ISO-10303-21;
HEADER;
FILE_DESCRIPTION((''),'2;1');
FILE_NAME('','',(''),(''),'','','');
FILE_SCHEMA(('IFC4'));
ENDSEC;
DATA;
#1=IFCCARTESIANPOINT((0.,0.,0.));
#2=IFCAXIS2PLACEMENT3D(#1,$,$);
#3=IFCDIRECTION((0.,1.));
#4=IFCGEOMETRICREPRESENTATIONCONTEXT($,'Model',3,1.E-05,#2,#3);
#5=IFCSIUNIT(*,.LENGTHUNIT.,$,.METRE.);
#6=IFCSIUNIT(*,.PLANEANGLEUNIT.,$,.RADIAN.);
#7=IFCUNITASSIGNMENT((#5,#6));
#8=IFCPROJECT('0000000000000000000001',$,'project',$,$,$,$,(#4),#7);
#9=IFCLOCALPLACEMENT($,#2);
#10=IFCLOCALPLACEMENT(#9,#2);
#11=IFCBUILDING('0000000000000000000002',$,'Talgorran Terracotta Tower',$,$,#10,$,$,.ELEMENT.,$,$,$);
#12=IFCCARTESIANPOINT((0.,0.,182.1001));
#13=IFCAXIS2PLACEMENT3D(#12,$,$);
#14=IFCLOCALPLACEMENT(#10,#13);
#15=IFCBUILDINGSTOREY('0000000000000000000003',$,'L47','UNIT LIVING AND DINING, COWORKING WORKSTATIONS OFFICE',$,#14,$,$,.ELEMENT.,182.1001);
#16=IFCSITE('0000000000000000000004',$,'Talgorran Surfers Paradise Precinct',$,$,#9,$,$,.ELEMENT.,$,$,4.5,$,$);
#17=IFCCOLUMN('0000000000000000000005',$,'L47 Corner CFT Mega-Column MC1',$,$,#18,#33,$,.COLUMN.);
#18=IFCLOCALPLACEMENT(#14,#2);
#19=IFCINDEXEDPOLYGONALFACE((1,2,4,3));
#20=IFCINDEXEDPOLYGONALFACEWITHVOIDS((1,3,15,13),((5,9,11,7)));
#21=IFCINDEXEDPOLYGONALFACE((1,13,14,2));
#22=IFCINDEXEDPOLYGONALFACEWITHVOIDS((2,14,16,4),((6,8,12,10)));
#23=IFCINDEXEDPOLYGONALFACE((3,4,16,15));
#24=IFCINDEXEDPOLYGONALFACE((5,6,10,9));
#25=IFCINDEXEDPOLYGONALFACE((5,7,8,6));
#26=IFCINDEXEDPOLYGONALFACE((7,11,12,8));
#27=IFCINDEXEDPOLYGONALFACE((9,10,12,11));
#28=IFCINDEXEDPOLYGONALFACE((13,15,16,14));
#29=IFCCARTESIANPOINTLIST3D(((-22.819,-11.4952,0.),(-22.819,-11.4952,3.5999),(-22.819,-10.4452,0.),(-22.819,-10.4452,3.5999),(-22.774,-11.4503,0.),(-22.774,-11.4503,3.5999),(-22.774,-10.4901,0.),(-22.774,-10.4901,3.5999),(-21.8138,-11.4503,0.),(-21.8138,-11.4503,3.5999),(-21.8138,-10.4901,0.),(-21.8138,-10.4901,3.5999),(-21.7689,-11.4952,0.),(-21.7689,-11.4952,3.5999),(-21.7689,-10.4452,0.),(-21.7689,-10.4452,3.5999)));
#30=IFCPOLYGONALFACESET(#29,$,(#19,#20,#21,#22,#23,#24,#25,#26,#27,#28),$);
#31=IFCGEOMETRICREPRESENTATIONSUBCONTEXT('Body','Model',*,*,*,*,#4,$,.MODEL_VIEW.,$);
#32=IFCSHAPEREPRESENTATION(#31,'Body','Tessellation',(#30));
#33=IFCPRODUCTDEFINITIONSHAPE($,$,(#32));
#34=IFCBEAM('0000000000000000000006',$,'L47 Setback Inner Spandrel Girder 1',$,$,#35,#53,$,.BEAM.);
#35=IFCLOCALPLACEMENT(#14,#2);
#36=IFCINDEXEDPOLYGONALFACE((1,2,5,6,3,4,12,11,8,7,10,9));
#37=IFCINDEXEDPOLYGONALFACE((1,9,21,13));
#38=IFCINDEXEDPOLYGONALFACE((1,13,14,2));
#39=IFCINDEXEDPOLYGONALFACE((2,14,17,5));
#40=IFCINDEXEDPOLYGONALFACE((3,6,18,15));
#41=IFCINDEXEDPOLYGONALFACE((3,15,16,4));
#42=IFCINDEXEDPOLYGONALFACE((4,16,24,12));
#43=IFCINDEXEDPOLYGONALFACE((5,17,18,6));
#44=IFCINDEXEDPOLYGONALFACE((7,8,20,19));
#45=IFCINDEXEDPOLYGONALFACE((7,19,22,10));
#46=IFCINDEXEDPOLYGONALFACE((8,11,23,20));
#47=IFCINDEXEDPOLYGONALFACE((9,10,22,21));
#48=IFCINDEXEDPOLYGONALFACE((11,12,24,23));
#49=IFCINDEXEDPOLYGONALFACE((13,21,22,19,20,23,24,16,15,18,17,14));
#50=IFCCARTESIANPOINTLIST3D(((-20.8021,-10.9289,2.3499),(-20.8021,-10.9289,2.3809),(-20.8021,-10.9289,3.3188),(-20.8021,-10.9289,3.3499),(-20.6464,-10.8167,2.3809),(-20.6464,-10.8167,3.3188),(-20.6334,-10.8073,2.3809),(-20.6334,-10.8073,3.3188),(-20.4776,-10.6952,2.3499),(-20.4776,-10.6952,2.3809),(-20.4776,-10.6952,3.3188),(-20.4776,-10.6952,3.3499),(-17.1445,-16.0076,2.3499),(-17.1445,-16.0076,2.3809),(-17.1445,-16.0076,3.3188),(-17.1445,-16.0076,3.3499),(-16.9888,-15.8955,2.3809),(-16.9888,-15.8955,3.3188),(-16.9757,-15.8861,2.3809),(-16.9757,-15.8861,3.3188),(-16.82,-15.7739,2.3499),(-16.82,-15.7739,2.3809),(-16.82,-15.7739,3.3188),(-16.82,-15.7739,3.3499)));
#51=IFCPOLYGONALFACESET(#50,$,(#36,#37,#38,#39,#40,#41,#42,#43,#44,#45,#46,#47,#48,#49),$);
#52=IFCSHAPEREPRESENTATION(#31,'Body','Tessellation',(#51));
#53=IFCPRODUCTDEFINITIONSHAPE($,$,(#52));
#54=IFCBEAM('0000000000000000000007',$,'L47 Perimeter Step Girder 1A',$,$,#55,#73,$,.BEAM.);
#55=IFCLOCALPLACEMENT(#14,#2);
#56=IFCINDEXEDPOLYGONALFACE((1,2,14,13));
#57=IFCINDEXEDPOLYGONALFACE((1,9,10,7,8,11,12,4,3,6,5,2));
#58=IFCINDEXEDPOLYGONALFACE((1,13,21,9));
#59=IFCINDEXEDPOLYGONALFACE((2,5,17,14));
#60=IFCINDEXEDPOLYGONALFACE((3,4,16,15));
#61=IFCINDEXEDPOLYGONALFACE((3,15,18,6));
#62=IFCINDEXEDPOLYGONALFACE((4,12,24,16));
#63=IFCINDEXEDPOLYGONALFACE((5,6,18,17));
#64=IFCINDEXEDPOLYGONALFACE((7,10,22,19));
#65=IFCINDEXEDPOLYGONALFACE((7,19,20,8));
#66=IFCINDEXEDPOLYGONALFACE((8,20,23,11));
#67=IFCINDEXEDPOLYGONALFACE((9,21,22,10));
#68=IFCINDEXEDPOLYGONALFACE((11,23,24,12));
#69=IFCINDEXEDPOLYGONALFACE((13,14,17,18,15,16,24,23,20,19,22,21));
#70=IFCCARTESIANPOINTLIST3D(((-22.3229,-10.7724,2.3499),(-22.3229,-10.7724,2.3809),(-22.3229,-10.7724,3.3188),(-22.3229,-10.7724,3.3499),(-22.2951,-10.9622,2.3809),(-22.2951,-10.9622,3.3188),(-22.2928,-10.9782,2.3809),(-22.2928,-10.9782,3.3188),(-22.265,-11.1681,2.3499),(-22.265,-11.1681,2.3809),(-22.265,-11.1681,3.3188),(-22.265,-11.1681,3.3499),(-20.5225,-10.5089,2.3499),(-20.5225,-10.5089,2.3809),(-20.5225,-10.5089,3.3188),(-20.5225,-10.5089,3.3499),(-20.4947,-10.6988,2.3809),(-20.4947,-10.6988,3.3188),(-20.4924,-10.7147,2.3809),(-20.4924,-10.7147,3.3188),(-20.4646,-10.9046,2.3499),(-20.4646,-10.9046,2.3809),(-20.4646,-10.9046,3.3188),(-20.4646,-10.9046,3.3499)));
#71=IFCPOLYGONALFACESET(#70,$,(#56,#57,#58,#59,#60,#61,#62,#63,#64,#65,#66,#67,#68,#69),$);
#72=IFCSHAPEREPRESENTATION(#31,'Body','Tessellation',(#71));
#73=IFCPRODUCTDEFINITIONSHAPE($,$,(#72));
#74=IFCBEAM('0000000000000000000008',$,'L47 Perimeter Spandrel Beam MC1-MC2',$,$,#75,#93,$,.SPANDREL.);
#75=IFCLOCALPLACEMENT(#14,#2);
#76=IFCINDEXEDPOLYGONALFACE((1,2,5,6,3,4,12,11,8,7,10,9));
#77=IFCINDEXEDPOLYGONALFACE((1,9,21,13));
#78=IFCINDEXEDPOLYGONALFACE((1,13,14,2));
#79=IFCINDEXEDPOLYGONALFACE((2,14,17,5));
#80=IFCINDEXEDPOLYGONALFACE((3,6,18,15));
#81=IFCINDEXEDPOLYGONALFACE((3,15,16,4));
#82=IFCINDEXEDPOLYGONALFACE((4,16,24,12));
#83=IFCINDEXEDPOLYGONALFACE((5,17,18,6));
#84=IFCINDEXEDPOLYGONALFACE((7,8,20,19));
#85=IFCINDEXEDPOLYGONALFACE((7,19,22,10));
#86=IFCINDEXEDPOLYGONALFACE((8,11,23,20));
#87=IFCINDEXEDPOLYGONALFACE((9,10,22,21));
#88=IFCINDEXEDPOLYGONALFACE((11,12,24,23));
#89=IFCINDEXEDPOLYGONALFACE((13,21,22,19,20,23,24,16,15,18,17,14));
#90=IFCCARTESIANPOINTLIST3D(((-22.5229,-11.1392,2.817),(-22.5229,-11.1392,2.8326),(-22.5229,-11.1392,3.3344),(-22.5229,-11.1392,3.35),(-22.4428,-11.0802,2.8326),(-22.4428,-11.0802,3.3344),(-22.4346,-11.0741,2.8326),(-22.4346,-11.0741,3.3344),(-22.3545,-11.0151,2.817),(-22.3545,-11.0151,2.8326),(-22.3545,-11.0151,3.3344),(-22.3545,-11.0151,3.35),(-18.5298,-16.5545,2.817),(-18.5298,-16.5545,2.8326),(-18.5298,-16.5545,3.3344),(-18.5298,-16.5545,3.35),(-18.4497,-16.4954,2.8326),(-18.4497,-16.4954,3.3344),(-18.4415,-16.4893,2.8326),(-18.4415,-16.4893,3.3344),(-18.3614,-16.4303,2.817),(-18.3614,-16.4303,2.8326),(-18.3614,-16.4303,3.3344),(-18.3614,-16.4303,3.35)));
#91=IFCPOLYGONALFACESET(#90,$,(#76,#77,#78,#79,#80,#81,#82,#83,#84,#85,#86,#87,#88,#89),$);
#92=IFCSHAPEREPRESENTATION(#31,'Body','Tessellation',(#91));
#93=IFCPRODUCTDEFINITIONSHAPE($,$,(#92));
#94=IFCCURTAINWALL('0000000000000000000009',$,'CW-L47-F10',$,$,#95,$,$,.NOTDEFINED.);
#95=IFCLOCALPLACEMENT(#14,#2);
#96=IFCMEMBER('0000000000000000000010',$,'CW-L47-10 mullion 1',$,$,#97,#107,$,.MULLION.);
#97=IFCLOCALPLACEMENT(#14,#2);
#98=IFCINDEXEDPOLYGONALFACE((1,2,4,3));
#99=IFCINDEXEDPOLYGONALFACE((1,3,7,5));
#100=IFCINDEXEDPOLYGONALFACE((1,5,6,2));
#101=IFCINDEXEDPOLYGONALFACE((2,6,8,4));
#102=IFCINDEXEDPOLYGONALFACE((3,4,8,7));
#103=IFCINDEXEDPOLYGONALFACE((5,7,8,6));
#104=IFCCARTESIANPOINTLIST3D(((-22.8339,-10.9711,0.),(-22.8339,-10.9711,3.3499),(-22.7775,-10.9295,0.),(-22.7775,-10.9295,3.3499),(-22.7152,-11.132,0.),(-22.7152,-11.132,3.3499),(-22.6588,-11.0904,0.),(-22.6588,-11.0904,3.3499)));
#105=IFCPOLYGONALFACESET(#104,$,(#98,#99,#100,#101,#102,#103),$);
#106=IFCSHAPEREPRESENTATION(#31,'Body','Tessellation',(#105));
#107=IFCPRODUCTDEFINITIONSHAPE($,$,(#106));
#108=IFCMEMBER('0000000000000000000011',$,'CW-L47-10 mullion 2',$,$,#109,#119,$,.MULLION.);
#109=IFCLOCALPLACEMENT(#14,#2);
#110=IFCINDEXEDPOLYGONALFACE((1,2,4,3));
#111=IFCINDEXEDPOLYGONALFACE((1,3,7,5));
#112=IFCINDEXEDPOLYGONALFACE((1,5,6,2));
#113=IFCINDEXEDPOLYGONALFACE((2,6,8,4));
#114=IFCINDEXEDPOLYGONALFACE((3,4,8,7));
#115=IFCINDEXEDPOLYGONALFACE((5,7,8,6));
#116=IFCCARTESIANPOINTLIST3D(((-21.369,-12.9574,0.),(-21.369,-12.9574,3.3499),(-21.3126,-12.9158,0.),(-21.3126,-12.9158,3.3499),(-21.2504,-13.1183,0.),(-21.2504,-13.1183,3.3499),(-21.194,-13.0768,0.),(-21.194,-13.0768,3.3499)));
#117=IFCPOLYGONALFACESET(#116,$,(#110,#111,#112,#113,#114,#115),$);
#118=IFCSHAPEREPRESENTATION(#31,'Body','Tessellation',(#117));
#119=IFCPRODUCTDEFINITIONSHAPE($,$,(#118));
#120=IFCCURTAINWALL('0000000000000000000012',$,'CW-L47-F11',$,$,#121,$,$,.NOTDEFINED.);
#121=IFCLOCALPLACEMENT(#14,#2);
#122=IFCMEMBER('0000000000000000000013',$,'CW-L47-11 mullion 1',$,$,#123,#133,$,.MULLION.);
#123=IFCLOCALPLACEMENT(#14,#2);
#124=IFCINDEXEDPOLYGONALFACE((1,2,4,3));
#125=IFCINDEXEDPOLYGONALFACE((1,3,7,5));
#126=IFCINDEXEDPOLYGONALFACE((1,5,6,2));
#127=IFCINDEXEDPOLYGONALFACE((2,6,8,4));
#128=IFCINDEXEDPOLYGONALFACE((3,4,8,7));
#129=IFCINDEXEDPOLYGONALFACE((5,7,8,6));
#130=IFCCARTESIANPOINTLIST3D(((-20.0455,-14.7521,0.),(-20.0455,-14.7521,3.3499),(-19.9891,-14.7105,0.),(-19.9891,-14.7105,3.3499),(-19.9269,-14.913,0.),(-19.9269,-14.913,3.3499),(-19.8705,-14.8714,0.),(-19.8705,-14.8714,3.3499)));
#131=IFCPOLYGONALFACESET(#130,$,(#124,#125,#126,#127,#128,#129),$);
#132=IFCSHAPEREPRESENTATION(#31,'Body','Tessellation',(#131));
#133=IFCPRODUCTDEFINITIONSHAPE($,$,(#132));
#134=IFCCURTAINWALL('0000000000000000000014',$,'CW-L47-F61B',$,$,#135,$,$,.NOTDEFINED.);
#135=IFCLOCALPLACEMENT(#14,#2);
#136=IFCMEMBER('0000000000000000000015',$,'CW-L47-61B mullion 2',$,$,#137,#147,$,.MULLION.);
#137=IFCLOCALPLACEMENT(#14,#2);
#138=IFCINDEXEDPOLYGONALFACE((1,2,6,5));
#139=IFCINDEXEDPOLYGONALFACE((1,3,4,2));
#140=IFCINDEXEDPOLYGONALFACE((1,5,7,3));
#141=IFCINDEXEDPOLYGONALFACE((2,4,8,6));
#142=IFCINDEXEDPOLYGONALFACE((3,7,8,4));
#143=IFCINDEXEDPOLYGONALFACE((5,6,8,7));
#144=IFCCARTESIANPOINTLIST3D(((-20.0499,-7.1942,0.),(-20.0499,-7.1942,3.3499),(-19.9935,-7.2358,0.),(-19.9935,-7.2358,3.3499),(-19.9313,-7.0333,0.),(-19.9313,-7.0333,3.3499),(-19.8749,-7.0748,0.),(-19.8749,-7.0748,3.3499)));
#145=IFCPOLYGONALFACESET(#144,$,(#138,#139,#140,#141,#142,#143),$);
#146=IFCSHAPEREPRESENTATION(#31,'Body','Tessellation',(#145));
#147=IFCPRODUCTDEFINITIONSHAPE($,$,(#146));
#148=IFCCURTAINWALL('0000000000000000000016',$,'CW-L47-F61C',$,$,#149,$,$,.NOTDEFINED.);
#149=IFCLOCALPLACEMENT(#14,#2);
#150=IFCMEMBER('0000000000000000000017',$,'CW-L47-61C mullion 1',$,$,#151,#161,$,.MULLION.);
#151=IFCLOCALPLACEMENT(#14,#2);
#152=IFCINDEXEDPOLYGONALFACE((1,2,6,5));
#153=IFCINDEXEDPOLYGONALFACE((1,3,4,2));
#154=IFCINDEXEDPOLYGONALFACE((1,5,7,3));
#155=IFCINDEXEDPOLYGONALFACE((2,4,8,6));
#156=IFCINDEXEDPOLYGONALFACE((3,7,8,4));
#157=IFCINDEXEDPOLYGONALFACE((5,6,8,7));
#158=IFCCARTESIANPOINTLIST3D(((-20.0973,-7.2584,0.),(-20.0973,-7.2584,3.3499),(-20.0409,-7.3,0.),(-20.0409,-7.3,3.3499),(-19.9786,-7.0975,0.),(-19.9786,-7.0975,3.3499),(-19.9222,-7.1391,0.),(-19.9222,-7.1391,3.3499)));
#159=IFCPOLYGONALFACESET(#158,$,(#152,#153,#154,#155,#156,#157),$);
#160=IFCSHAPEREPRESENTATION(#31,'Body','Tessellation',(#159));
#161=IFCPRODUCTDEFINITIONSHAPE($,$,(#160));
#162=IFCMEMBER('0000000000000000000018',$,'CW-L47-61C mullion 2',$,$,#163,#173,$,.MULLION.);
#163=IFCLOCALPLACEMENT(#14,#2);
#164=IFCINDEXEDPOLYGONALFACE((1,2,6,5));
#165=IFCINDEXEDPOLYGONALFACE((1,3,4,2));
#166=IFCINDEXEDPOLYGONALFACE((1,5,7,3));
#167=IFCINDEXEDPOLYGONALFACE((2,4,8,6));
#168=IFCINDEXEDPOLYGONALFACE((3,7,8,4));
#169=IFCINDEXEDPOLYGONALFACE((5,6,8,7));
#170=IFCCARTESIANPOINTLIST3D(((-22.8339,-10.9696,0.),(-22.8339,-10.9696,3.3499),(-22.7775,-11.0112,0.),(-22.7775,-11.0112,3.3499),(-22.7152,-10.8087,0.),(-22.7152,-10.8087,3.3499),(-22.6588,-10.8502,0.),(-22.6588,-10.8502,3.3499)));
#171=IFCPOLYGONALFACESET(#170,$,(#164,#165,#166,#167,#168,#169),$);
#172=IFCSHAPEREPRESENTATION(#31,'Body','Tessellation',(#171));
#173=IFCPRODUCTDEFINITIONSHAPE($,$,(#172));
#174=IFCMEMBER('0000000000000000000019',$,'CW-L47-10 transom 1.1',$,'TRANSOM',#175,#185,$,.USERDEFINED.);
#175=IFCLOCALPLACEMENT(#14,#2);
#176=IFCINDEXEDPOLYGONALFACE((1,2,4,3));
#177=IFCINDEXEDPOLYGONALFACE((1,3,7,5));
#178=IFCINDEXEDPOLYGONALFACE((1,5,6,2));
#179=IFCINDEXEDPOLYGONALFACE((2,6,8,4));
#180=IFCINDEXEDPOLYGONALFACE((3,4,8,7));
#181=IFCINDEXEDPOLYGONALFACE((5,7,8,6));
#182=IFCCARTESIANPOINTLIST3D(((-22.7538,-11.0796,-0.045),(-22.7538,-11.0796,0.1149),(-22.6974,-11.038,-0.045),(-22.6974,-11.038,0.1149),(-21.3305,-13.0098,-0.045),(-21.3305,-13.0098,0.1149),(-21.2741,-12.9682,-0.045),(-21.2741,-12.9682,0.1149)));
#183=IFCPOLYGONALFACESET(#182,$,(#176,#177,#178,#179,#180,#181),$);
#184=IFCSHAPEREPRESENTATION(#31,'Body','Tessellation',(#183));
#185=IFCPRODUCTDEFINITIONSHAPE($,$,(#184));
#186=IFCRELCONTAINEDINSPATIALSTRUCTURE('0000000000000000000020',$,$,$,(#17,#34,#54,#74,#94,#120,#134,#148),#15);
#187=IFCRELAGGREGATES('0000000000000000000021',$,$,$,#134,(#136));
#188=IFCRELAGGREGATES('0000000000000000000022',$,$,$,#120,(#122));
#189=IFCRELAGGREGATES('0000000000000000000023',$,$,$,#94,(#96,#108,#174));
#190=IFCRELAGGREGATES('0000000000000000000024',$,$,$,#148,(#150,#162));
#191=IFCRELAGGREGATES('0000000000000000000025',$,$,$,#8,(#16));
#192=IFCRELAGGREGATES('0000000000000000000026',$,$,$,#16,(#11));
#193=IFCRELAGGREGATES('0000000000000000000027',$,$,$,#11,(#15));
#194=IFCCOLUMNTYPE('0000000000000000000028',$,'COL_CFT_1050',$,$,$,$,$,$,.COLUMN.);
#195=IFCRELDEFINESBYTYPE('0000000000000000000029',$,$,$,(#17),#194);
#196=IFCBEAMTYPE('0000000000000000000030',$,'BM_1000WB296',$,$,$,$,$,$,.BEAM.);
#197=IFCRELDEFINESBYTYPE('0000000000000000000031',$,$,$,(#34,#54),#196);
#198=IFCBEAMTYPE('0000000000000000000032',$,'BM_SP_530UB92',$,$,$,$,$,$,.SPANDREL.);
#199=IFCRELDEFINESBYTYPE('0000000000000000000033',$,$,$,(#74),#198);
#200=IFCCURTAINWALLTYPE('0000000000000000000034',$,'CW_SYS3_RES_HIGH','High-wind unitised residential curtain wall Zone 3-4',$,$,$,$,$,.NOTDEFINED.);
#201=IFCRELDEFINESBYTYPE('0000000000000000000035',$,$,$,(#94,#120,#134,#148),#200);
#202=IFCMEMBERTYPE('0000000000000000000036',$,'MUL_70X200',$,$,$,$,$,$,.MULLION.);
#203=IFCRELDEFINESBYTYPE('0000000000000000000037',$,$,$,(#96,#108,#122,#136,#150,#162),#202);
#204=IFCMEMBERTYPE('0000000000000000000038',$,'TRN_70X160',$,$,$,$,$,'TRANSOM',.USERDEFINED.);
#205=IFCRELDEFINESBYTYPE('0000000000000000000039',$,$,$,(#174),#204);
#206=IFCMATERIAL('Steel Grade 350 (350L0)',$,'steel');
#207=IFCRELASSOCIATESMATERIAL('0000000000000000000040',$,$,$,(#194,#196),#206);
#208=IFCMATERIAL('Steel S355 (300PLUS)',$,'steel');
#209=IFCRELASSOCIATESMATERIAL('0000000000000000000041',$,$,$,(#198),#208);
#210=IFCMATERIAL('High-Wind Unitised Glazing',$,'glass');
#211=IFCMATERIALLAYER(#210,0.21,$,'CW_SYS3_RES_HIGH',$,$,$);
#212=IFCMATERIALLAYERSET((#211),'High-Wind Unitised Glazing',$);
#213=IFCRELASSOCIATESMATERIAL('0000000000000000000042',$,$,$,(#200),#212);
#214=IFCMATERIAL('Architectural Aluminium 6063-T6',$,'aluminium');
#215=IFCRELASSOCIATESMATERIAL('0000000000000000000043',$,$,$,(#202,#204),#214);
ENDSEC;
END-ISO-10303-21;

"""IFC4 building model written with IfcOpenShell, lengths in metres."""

from ifc_helpers import new_model, si_unit, direction, frame, origin, origin_2d, place, context, subcontext, project, spatial, rectangle, hollow_rectangle, i_section, extrude, material, layer, layer_set, material_profile, profile_set, type_object, element, aggregate, save


model = new_model("IFC4")

# Units and contexts
model_context = context("Model", 3, precision=1e-05, world=origin(), true_north=direction((0.0, 1.0)))
body_context = subcontext(model_context, "Body", "Model", "MODEL_VIEW")
ifc_project = project(units=[si_unit("LENGTHUNIT", "METRE"), si_unit("PLANEANGLEUNIT", "RADIAN")], contexts=[model_context])

# Site, building, storey
site_placement = place(None, origin())
site = spatial("IfcSite", under=ifc_project, at=site_placement, Name="Talgorran Surfers Paradise Precinct", CompositionType="ELEMENT", RefElevation=4.5)
building_placement = place(site_placement, origin())
building = spatial("IfcBuilding", under=site, at=building_placement, Name="Talgorran Terracotta Tower", CompositionType="ELEMENT")
storey_placement = place(building_placement, frame((0.0, 0.0, 182.1001)))
storey = spatial("IfcBuildingStorey", under=building, at=storey_placement, Name="L47", Description="UNIT LIVING AND DINING, COWORKING WORKSTATIONS OFFICE", CompositionType="ELEMENT", Elevation=182.1001)

# Column
ifc_material_1 = material(Name="Steel Grade 350 (350L0)", Category="steel")
ifc_material_profile_1 = material_profile(ifc_material_1, hollow_rectangle(XDim=1.05, YDim=1.05, WallThickness=0.0449, at=origin_2d()), Name="CFT1050X1050X45")
ifc_profile_set_1 = profile_set([ifc_material_profile_1], Name="Steel Grade 350 (350L0)")
column_type = type_object("IfcColumnType", Name="COL_CFT_1050", PredefinedType="COLUMN", material=ifc_profile_set_1)
column_placement = place(storey_placement, frame((-22.2939, -10.9702, 0.0), z_axis=(0.0, 0.0, 1.0), x_axis=(1.0, 0.0, 0.0)))
element("IfcColumn", 1, at=column_placement, inside=storey, type_object=column_type, Name="L47 Corner CFT Mega-Column MC1", PredefinedType="COLUMN", context=body_context, shape_type="SweptSolid", body=[
    extrude(hollow_rectangle(XDim=1.05, YDim=1.05, WallThickness=0.0449, at=origin_2d()), origin(), (0.0, 0.0, 1.0), 3.5999),
])

# Beams
ifc_material_profile_2 = material_profile(ifc_material_1, i_section(OverallWidth=0.3999, OverallDepth=1.0, WebThickness=0.0161, FlangeThickness=0.031, at=origin_2d()), Name="1000WB296")
ifc_profile_set_2 = profile_set([ifc_material_profile_2], Name="Steel Grade 350 (350L0)")
beam_type_1 = type_object("IfcBeamType", Name="BM_1000WB296", PredefinedType="BEAM", material=ifc_profile_set_2)
beam_1_placement = place(storey_placement, frame((-20.6399, -10.812, 2.8499), z_axis=(0.584403, -0.811463, 0.0), x_axis=(0.811463, 0.584403, 0.0)))
element("IfcBeam", 2, at=beam_1_placement, inside=storey, type_object=beam_type_1, Name="L47 Setback Inner Spandrel Girder 1", PredefinedType="BEAM", context=body_context, shape_type="SweptSolid", body=[
    extrude(i_section(OverallWidth=0.3999, OverallDepth=1.0, WebThickness=0.0161, FlangeThickness=0.031, at=origin_2d()), origin(), (0.0, 0.0, 1.0), 6.2588),
])
beam_2_placement = place(storey_placement, frame((-22.2939, -10.9702, 2.8499), z_axis=(0.989463, 0.144783, 0.0), x_axis=(-0.144783, 0.989463, 0.0)))
element("IfcBeam", 3, at=beam_2_placement, inside=storey, type_object=beam_type_1, Name="L47 Perimeter Step Girder 1A", PredefinedType="BEAM", context=body_context, shape_type="SweptSolid", body=[
    extrude(i_section(OverallWidth=0.3999, OverallDepth=1.0, WebThickness=0.0161, FlangeThickness=0.031, at=origin_2d()), origin(), (0.0, 0.0, 1.0), 1.8196),
])
ifc_material_2 = material(Name="Steel S355 (300PLUS)", Category="steel")
ifc_material_profile_3 = material_profile(ifc_material_2, i_section(OverallWidth=0.2092, OverallDepth=0.533, WebThickness=0.0103, FlangeThickness=0.0156, at=origin_2d()), Name="530UB92.4")
ifc_profile_set_3 = profile_set([ifc_material_profile_3], Name="Steel S355 (300PLUS)")
beam_type_2 = type_object("IfcBeamType", Name="BM_SP_530UB92", PredefinedType="SPANDREL", material=ifc_profile_set_3)
beam_3_placement = place(storey_placement, frame((-22.4387, -11.0771, 3.0835), z_axis=(0.593484, -0.804846, 0.0), x_axis=(0.804846, 0.593484, 0.0)))
element("IfcBeam", 4, at=beam_3_placement, inside=storey, type_object=beam_type_2, Name="L47 Perimeter Spandrel Beam MC1-MC2", PredefinedType="SPANDREL", context=body_context, shape_type="SweptSolid", body=[
    extrude(i_section(OverallWidth=0.2092, OverallDepth=0.533, WebThickness=0.0103, FlangeThickness=0.0156, at=origin_2d()), origin(), (0.0, 0.0, 1.0), 6.7283),
])

# Curtain wall, members
ifc_material_3 = material(Name="High-Wind Unitised Glazing", Category="glass")
ifc_layer_1 = layer(ifc_material_3, 0.21, Name="CW_SYS3_RES_HIGH")
ifc_layer_set_1 = layer_set([ifc_layer_1], Name="High-Wind Unitised Glazing")
curtain_wall_type = type_object("IfcCurtainWallType", Name="CW_SYS3_RES_HIGH", Description="High-wind unitised residential curtain wall Zone 3-4", PredefinedType="NOTDEFINED", material=ifc_layer_set_1)
curtain_wall_1_placement = place(storey_placement, origin())
curtain_wall_1 = element("IfcCurtainWall", 5, at=curtain_wall_1_placement, inside=storey, type_object=curtain_wall_type, Name="CW-L47-F10", PredefinedType="NOTDEFINED")
ifc_material_4 = material(Name="Architectural Aluminium 6063-T6", Category="aluminium")
ifc_material_profile_4 = material_profile(ifc_material_4, rectangle(XDim=0.0701, YDim=0.2, at=origin_2d()), Name="CWM70X200")
ifc_profile_set_4 = profile_set([ifc_material_profile_4], Name="Architectural Aluminium 6063-T6")
member_type_1 = type_object("IfcMemberType", Name="MUL_70X200", PredefinedType="MULLION", material=ifc_profile_set_4)
member_1_placement = place(storey_placement, frame((-22.7463, -11.0308, 0.0), z_axis=(0.0, 0.0, 1.0), x_axis=(0.804834, 0.5935, 0.0)))
member_1 = element("IfcMember", 6, at=member_1_placement, type_object=member_type_1, Name="CW-L47-10 mullion 1", PredefinedType="MULLION", context=body_context, shape_type="SweptSolid", body=[
    extrude(rectangle(XDim=0.0701, YDim=0.2, at=origin_2d()), origin(), (0.0, 0.0, 1.0), 3.3499),
])
member_2_placement = place(storey_placement, frame((-21.2815, -13.0171, 0.0), z_axis=(0.0, 0.0, 1.0), x_axis=(0.804834, 0.5935, 0.0)))
member_2 = element("IfcMember", 7, at=member_2_placement, type_object=member_type_1, Name="CW-L47-10 mullion 2", PredefinedType="MULLION", context=body_context, shape_type="SweptSolid", body=[
    extrude(rectangle(XDim=0.0701, YDim=0.2, at=origin_2d()), origin(), (0.0, 0.0, 1.0), 3.3499),
])

# Curtain walls, members
curtain_wall_2_placement = place(storey_placement, origin())
curtain_wall_2 = element("IfcCurtainWall", 8, at=curtain_wall_2_placement, inside=storey, type_object=curtain_wall_type, Name="CW-L47-F11", PredefinedType="NOTDEFINED")
member_3_placement = place(storey_placement, frame((-19.958, -14.8118, 0.0), z_axis=(0.0, 0.0, 1.0), x_axis=(0.804833, 0.593501, 0.0)))
member_3 = element("IfcMember", 9, at=member_3_placement, type_object=member_type_1, Name="CW-L47-11 mullion 1", PredefinedType="MULLION", context=body_context, shape_type="SweptSolid", body=[
    extrude(rectangle(XDim=0.0701, YDim=0.2, at=origin_2d()), origin(), (0.0, 0.0, 1.0), 3.3499),
])
curtain_wall_3_placement = place(storey_placement, origin())
curtain_wall_3 = element("IfcCurtainWall", 10, at=curtain_wall_3_placement, inside=storey, type_object=curtain_wall_type, Name="CW-L47-F61B", PredefinedType="NOTDEFINED")
member_4_placement = place(storey_placement, frame((-19.9624, -7.1345, 0.0), z_axis=(0.0, 0.0, 1.0), x_axis=(0.804843, -0.593488, 0.0)))
member_4 = element("IfcMember", 11, at=member_4_placement, type_object=member_type_1, Name="CW-L47-61B mullion 2", PredefinedType="MULLION", context=body_context, shape_type="SweptSolid", body=[
    extrude(rectangle(XDim=0.0701, YDim=0.2, at=origin_2d()), origin(), (0.0, 0.0, 1.0), 3.3499),
])
aggregate(curtain_wall_3, [member_4])

# Curtain wall, members
curtain_wall_4_placement = place(storey_placement, origin())
curtain_wall_4 = element("IfcCurtainWall", 12, at=curtain_wall_4_placement, inside=storey, type_object=curtain_wall_type, Name="CW-L47-F61C", PredefinedType="NOTDEFINED")
member_5_placement = place(storey_placement, frame((-20.0098, -7.1987, 0.0), z_axis=(0.0, 0.0, 1.0), x_axis=(0.804837, -0.593496, 0.0)))
member_5 = element("IfcMember", 13, at=member_5_placement, type_object=member_type_1, Name="CW-L47-61C mullion 1", PredefinedType="MULLION", context=body_context, shape_type="SweptSolid", body=[
    extrude(rectangle(XDim=0.0701, YDim=0.2, at=origin_2d()), origin(), (0.0, 0.0, 1.0), 3.3499),
])
member_6_placement = place(storey_placement, frame((-22.7463, -10.9099, 0.0), z_axis=(0.0, 0.0, 1.0), x_axis=(0.804837, -0.593496, 0.0)))
member_6 = element("IfcMember", 14, at=member_6_placement, type_object=member_type_1, Name="CW-L47-61C mullion 2", PredefinedType="MULLION", context=body_context, shape_type="SweptSolid", body=[
    extrude(rectangle(XDim=0.0701, YDim=0.2, at=origin_2d()), origin(), (0.0, 0.0, 1.0), 3.3499),
])

# Member
ifc_material_profile_5 = material_profile(ifc_material_4, rectangle(XDim=0.0701, YDim=0.1599, at=origin_2d()), Name="CWT70X160")
ifc_profile_set_5 = profile_set([ifc_material_profile_5], Name="Architectural Aluminium 6063-T6")
member_type_2 = type_object("IfcMemberType", Name="TRN_70X160", ElementType="TRANSOM", PredefinedType="USERDEFINED", material=ifc_profile_set_5)
member_7_placement = place(storey_placement, frame((-22.7256, -11.0588, 0.0349), z_axis=(0.593498, -0.804836, 0.0), x_axis=(0.804836, 0.593498, 0.0)))
member_7 = element("IfcMember", 15, at=member_7_placement, type_object=member_type_2, Name="CW-L47-10 transom 1.1", ObjectType="TRANSOM", PredefinedType="USERDEFINED", context=body_context, shape_type="SweptSolid", body=[
    extrude(rectangle(XDim=0.0701, YDim=0.1599, at=origin_2d()), origin(), (0.0, 0.0, 1.0), 2.3982),
])
aggregate(curtain_wall_2, [member_3])

aggregate(curtain_wall_1, [member_1, member_2, member_7])
aggregate(curtain_wall_4, [member_5, member_6])

save(model, "model.ifc")
